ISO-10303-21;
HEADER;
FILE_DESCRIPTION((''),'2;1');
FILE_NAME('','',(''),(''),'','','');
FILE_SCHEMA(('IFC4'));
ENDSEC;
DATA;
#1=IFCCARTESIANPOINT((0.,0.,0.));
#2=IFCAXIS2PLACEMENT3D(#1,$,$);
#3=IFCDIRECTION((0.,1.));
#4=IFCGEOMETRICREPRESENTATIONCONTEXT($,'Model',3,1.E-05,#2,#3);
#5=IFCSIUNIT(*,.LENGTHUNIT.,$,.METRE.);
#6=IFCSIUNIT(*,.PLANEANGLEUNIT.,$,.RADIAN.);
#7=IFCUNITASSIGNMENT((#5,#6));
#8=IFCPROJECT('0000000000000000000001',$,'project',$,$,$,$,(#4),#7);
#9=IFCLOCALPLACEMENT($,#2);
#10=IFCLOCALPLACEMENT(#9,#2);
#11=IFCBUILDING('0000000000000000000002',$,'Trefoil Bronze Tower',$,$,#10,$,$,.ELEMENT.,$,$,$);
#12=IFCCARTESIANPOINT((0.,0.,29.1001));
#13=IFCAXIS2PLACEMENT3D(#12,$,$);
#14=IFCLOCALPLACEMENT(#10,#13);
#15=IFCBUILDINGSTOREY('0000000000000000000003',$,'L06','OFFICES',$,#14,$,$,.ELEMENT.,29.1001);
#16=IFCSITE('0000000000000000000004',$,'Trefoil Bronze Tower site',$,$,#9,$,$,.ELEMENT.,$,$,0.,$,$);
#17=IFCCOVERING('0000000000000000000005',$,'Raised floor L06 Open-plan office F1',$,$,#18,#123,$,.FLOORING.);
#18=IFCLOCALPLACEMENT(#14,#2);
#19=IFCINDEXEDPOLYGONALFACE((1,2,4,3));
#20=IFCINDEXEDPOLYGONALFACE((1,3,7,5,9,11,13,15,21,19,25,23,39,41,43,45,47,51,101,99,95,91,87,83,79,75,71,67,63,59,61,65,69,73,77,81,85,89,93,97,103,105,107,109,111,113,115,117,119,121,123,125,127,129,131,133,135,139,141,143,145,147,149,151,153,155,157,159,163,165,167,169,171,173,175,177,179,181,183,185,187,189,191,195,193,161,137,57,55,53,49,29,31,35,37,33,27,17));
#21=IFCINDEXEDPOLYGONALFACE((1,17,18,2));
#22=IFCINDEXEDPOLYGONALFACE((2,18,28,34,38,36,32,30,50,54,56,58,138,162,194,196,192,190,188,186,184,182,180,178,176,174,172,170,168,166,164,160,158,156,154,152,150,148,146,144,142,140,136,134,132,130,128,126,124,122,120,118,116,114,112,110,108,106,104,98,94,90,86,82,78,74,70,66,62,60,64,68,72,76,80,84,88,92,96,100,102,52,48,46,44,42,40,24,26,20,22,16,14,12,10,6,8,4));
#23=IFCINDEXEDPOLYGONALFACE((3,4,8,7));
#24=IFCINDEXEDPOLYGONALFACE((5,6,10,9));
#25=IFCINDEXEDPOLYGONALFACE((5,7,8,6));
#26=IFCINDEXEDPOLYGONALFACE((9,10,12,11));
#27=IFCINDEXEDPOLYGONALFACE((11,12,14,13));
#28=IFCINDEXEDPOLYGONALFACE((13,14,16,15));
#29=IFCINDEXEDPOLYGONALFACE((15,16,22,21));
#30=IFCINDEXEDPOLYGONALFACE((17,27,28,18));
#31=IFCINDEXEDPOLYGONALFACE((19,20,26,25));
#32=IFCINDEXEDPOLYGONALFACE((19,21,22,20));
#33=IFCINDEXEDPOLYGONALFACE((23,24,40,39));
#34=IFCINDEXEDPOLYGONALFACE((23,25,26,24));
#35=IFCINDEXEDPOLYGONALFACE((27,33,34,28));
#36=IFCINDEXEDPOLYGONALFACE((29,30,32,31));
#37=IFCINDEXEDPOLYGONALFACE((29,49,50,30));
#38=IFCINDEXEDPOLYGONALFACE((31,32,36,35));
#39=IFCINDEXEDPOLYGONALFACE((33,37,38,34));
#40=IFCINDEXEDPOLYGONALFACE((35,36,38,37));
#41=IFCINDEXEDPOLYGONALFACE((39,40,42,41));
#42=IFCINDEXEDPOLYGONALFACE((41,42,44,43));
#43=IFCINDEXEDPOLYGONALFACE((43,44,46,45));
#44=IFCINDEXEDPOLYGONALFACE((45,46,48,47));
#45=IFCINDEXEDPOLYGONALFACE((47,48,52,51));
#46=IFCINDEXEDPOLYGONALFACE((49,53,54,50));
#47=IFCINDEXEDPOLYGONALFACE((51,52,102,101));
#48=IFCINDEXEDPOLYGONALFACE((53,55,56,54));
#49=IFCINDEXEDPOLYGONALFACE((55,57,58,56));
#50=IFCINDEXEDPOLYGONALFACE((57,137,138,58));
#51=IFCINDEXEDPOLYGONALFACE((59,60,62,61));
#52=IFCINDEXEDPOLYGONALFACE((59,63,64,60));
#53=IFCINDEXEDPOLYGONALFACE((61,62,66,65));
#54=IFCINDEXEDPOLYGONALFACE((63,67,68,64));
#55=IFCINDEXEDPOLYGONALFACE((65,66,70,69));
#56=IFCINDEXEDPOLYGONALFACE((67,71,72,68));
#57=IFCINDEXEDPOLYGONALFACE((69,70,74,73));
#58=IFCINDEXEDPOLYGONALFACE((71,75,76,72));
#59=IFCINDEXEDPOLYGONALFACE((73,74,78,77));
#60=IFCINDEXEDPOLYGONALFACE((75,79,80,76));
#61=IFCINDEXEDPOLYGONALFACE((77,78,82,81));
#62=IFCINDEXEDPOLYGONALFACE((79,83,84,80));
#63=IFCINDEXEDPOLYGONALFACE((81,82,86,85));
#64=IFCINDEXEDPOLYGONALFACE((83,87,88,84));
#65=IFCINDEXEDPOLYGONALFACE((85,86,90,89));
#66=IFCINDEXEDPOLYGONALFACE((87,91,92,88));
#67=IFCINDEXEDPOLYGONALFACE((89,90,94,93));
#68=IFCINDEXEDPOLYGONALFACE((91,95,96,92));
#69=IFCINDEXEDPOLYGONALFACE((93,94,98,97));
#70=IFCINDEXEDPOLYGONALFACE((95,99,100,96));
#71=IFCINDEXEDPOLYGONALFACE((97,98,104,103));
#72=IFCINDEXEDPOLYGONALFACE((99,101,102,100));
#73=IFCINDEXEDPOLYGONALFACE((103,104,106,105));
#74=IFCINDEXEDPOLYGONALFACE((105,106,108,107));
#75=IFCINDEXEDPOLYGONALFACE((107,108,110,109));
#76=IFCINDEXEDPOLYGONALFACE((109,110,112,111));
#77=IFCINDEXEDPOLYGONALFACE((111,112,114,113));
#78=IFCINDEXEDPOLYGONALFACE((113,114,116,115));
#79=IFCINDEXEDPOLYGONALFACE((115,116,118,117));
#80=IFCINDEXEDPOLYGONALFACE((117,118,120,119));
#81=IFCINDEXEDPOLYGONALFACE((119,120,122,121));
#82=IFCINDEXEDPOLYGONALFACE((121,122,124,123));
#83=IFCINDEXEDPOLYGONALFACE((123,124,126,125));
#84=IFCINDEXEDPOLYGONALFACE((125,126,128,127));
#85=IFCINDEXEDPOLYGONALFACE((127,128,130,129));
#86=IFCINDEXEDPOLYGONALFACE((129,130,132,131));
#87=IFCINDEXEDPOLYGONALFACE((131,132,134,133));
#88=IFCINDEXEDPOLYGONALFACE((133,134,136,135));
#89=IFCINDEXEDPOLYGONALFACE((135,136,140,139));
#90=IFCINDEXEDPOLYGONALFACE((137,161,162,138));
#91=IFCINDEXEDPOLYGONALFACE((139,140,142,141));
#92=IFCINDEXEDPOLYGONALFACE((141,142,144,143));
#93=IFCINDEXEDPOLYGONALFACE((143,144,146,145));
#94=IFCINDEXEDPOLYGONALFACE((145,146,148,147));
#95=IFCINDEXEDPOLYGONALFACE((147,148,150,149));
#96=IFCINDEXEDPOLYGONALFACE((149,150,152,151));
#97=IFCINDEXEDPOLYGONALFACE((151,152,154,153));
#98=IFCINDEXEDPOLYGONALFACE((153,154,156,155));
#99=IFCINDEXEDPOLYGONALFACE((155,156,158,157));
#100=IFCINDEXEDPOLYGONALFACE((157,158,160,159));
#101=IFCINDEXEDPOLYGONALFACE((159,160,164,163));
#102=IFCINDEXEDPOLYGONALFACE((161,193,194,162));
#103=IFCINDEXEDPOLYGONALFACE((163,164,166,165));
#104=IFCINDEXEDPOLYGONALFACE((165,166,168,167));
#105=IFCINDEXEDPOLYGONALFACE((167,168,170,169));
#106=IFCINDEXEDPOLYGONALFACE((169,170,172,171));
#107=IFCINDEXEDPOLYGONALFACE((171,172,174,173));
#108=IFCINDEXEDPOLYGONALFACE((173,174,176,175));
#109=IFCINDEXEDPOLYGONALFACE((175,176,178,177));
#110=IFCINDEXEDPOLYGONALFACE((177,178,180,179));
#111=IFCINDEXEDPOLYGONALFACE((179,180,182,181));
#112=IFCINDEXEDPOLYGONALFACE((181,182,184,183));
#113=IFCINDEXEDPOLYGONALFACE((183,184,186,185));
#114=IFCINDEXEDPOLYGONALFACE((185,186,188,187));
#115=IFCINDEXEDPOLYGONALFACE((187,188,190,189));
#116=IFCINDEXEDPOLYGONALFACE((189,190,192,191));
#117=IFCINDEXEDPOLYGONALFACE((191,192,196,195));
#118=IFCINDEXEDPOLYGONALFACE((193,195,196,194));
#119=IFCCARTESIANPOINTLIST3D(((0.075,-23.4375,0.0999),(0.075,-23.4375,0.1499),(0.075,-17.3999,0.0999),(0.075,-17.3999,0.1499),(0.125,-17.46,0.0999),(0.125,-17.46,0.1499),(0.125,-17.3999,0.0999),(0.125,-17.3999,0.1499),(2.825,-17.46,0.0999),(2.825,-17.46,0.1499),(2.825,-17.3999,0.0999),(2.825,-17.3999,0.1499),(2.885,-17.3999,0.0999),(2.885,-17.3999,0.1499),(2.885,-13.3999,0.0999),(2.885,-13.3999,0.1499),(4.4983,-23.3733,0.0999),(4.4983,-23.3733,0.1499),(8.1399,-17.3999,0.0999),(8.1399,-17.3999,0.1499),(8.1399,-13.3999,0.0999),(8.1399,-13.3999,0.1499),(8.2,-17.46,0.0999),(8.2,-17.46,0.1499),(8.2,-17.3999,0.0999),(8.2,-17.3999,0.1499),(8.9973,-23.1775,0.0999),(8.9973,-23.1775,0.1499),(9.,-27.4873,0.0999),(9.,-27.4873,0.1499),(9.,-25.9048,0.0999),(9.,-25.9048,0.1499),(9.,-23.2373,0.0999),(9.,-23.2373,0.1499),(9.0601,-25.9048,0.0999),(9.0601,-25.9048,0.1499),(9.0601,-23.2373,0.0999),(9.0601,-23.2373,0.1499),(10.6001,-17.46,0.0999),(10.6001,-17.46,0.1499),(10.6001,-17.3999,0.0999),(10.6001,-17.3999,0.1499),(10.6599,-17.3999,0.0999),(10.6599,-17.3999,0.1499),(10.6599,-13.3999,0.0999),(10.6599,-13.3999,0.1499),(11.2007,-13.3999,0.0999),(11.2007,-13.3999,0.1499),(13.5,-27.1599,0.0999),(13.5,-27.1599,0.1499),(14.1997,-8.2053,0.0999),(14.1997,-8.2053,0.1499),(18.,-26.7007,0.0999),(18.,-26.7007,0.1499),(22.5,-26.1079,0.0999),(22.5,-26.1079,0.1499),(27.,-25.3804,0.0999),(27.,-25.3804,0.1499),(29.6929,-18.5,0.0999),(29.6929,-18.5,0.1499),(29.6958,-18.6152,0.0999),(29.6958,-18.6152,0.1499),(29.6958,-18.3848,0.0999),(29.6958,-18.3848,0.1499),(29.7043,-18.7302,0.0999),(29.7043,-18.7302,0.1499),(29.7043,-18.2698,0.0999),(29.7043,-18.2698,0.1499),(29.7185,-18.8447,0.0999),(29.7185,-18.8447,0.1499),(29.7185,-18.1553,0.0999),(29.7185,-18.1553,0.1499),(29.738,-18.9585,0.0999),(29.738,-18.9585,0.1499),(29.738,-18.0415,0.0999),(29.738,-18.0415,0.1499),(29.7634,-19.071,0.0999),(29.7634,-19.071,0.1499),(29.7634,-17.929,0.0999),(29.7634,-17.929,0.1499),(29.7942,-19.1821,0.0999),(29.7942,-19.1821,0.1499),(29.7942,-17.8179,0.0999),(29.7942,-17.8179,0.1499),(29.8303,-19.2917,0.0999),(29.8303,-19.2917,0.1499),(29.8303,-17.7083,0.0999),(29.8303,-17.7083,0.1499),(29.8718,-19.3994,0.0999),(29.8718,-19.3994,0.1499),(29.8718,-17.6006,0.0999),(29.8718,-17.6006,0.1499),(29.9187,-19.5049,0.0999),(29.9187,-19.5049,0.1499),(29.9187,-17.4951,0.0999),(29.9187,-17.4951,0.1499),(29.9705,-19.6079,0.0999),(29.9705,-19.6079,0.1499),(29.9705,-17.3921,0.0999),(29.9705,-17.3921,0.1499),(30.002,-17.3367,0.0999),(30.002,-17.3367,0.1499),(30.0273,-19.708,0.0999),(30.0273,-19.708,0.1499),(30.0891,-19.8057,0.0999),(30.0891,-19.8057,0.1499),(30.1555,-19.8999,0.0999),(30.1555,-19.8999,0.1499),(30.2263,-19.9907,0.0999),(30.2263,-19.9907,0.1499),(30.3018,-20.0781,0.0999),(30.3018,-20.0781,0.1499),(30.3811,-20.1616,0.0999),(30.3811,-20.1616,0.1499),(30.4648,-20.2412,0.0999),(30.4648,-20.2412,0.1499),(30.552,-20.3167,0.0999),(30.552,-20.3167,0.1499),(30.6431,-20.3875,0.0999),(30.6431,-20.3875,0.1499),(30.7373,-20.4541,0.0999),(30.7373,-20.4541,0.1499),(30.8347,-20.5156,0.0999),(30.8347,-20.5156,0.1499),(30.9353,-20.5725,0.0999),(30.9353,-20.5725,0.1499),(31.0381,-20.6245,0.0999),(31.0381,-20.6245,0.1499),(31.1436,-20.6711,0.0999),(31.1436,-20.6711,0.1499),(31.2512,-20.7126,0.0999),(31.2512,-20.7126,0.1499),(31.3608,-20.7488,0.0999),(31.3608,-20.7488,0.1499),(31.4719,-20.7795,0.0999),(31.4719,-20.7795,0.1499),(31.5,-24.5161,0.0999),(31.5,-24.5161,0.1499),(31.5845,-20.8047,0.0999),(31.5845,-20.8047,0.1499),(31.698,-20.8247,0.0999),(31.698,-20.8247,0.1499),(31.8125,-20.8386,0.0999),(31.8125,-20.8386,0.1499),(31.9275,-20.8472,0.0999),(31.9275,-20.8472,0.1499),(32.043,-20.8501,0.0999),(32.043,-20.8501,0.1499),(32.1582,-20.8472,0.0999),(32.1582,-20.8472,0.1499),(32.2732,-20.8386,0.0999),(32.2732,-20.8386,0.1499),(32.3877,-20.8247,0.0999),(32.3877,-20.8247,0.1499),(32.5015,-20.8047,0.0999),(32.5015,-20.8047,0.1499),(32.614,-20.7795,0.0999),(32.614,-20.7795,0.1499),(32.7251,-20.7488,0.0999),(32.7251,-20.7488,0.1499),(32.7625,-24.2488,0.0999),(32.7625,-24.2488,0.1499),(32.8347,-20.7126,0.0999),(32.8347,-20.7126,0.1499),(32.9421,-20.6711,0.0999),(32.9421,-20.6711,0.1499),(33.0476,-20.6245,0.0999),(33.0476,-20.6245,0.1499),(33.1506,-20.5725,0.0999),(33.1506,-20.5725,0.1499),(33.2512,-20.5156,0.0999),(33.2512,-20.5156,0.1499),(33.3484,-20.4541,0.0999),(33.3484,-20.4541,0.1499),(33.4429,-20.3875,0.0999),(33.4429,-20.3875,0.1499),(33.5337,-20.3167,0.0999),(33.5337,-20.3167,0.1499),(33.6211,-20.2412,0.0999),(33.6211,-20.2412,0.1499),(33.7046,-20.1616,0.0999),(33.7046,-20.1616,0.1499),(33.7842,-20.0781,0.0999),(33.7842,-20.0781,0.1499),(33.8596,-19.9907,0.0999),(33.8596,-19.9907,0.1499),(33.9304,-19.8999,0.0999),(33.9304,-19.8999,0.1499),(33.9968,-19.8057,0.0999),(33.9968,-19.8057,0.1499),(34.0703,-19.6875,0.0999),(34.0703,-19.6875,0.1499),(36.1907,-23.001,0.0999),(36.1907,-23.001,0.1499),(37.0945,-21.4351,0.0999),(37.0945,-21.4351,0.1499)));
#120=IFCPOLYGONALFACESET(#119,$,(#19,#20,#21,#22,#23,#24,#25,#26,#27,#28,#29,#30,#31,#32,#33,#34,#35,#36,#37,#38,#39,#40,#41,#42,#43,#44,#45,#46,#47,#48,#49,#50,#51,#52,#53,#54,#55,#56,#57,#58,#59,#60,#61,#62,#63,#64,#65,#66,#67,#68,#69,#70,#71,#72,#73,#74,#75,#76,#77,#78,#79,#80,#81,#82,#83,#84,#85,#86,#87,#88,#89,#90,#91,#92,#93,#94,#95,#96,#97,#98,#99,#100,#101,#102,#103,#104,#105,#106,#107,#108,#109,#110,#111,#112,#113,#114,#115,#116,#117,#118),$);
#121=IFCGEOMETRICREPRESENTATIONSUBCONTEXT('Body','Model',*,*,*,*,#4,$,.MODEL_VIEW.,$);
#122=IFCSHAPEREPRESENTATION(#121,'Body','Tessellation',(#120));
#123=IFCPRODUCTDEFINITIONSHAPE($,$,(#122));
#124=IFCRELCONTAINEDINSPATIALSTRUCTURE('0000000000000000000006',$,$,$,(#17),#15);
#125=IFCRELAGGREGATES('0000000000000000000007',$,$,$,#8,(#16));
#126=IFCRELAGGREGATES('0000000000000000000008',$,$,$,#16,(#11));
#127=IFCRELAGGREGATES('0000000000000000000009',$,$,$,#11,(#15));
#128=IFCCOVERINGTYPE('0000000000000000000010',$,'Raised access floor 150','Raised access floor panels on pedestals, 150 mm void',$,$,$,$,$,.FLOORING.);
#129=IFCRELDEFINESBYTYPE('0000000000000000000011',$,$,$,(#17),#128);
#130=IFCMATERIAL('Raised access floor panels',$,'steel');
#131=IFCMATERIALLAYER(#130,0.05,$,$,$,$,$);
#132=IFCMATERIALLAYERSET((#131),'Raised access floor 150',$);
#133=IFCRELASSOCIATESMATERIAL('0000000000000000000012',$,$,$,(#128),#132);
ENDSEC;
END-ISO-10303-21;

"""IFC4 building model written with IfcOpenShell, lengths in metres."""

from ifc_helpers import new_model, si_unit, direction, frame, origin, place, context, subcontext, project, spatial, polyline, outline, extrude, material, layer, layer_set, type_object, element, save


model = new_model("IFC4")

# Units and contexts
model_context = context("Model", 3, precision=1e-05, world=origin(), true_north=direction((0.0, 1.0)))
body_context = subcontext(model_context, "Body", "Model", "MODEL_VIEW")
ifc_project = project(units=[si_unit("LENGTHUNIT", "METRE"), si_unit("PLANEANGLEUNIT", "RADIAN")], contexts=[model_context])

# Site, building, storey
site_placement = place(None, origin())
site = spatial("IfcSite", under=ifc_project, at=site_placement, Name="Trefoil Bronze Tower site", CompositionType="ELEMENT", RefElevation=0.0)
building_placement = place(site_placement, origin())
building = spatial("IfcBuilding", under=site, at=building_placement, Name="Trefoil Bronze Tower", CompositionType="ELEMENT")
storey_placement = place(building_placement, frame((0.0, 0.0, 29.1001)))
storey = spatial("IfcBuildingStorey", under=building, at=storey_placement, Name="L06", Description="OFFICES", CompositionType="ELEMENT", Elevation=29.1001)

# Covering
ifc_material_1 = material(Name="Raised access floor panels", Category="steel")
ifc_layer_1 = layer(ifc_material_1, 0.05)
ifc_layer_set_1 = layer_set([ifc_layer_1], Name="Raised access floor 150")
covering_type_1 = type_object("IfcCoveringType", Name="Raised access floor 150", Description="Raised access floor panels on pedestals, 150 mm void", PredefinedType="FLOORING", material=ifc_layer_set_1)
covering_1_placement = place(storey_placement, frame((0.0, 0.0, 0.0999)))
element("IfcCovering", 1, at=covering_1_placement, inside=storey, type_object=covering_type_1, Name="Raised floor L06 Open-plan office F1", PredefinedType="FLOORING", context=body_context, shape_type="SweptSolid", body=[
    extrude(outline(polyline([(9.0, -25.9048), (9.0601, -25.9048), (9.0601, -23.2373), (9.0, -23.2373), (8.9973, -23.1775), (4.4983, -23.3733), (0.075, -23.4375), (0.075, -17.3999), (0.125, -17.3999), (0.125, -17.46), (2.825, -17.46), (2.825, -17.3999), (2.885, -17.3999), (2.885, -13.3999), (8.1399, -13.3999), (8.1399, -17.3999), (8.2, -17.3999), (8.2, -17.46), (10.6001, -17.46), (10.6001, -17.3999), (10.6599, -17.3999), (10.6599, -13.3999), (11.2007, -13.3999), (14.1997, -8.2053), (30.002, -17.3367), (29.9705, -17.3921), (29.9187, -17.4951), (29.8718, -17.6006), (29.8303, -17.7083), (29.7942, -17.8179), (29.7634, -17.929), (29.738, -18.0415), (29.7185, -18.1553), (29.7043, -18.2698), (29.6958, -18.3848), (29.6929, -18.5), (29.6958, -18.6152), (29.7043, -18.7302), (29.7185, -18.8447), (29.738, -18.9585), (29.7634, -19.071), (29.7942, -19.1821), (29.8303, -19.2917), (29.8718, -19.3994), (29.9187, -19.5049), (29.9705, -19.6079), (30.0273, -19.708), (30.0891, -19.8057), (30.1555, -19.8999), (30.2263, -19.9907), (30.3018, -20.0781), (30.3811, -20.1616), (30.4648, -20.2412), (30.552, -20.3167), (30.6431, -20.3875), (30.7373, -20.4541), (30.8347, -20.5156), (30.9353, -20.5725), (31.0381, -20.6245), (31.1436, -20.6711), (31.2512, -20.7126), (31.3608, -20.7488), (31.4719, -20.7795), (31.5845, -20.8047), (31.698, -20.8247), (31.8125, -20.8386), (31.9275, -20.8472), (32.043, -20.8501), (32.1582, -20.8472), (32.2732, -20.8386), (32.3877, -20.8247), (32.5015, -20.8047), (32.614, -20.7795), (32.7251, -20.7488), (32.8347, -20.7126), (32.9421, -20.6711), (33.0476, -20.6245), (33.1506, -20.5725), (33.2512, -20.5156), (33.3484, -20.4541), (33.4429, -20.3875), (33.5337, -20.3167), (33.6211, -20.2412), (33.7046, -20.1616), (33.7842, -20.0781), (33.8596, -19.9907), (33.9304, -19.8999), (33.9968, -19.8057), (34.0703, -19.6875), (37.0945, -21.4351), (36.1907, -23.001), (32.7625, -24.2488), (31.5, -24.5161), (27.0, -25.3804), (22.5, -26.1079), (18.0, -26.7007), (13.5, -27.1599), (9.0, -27.4873), (9.0, -25.9048)])), origin(), (0.0, 0.0, 1.0), 0.05),
])

save(model, "model.ifc")
